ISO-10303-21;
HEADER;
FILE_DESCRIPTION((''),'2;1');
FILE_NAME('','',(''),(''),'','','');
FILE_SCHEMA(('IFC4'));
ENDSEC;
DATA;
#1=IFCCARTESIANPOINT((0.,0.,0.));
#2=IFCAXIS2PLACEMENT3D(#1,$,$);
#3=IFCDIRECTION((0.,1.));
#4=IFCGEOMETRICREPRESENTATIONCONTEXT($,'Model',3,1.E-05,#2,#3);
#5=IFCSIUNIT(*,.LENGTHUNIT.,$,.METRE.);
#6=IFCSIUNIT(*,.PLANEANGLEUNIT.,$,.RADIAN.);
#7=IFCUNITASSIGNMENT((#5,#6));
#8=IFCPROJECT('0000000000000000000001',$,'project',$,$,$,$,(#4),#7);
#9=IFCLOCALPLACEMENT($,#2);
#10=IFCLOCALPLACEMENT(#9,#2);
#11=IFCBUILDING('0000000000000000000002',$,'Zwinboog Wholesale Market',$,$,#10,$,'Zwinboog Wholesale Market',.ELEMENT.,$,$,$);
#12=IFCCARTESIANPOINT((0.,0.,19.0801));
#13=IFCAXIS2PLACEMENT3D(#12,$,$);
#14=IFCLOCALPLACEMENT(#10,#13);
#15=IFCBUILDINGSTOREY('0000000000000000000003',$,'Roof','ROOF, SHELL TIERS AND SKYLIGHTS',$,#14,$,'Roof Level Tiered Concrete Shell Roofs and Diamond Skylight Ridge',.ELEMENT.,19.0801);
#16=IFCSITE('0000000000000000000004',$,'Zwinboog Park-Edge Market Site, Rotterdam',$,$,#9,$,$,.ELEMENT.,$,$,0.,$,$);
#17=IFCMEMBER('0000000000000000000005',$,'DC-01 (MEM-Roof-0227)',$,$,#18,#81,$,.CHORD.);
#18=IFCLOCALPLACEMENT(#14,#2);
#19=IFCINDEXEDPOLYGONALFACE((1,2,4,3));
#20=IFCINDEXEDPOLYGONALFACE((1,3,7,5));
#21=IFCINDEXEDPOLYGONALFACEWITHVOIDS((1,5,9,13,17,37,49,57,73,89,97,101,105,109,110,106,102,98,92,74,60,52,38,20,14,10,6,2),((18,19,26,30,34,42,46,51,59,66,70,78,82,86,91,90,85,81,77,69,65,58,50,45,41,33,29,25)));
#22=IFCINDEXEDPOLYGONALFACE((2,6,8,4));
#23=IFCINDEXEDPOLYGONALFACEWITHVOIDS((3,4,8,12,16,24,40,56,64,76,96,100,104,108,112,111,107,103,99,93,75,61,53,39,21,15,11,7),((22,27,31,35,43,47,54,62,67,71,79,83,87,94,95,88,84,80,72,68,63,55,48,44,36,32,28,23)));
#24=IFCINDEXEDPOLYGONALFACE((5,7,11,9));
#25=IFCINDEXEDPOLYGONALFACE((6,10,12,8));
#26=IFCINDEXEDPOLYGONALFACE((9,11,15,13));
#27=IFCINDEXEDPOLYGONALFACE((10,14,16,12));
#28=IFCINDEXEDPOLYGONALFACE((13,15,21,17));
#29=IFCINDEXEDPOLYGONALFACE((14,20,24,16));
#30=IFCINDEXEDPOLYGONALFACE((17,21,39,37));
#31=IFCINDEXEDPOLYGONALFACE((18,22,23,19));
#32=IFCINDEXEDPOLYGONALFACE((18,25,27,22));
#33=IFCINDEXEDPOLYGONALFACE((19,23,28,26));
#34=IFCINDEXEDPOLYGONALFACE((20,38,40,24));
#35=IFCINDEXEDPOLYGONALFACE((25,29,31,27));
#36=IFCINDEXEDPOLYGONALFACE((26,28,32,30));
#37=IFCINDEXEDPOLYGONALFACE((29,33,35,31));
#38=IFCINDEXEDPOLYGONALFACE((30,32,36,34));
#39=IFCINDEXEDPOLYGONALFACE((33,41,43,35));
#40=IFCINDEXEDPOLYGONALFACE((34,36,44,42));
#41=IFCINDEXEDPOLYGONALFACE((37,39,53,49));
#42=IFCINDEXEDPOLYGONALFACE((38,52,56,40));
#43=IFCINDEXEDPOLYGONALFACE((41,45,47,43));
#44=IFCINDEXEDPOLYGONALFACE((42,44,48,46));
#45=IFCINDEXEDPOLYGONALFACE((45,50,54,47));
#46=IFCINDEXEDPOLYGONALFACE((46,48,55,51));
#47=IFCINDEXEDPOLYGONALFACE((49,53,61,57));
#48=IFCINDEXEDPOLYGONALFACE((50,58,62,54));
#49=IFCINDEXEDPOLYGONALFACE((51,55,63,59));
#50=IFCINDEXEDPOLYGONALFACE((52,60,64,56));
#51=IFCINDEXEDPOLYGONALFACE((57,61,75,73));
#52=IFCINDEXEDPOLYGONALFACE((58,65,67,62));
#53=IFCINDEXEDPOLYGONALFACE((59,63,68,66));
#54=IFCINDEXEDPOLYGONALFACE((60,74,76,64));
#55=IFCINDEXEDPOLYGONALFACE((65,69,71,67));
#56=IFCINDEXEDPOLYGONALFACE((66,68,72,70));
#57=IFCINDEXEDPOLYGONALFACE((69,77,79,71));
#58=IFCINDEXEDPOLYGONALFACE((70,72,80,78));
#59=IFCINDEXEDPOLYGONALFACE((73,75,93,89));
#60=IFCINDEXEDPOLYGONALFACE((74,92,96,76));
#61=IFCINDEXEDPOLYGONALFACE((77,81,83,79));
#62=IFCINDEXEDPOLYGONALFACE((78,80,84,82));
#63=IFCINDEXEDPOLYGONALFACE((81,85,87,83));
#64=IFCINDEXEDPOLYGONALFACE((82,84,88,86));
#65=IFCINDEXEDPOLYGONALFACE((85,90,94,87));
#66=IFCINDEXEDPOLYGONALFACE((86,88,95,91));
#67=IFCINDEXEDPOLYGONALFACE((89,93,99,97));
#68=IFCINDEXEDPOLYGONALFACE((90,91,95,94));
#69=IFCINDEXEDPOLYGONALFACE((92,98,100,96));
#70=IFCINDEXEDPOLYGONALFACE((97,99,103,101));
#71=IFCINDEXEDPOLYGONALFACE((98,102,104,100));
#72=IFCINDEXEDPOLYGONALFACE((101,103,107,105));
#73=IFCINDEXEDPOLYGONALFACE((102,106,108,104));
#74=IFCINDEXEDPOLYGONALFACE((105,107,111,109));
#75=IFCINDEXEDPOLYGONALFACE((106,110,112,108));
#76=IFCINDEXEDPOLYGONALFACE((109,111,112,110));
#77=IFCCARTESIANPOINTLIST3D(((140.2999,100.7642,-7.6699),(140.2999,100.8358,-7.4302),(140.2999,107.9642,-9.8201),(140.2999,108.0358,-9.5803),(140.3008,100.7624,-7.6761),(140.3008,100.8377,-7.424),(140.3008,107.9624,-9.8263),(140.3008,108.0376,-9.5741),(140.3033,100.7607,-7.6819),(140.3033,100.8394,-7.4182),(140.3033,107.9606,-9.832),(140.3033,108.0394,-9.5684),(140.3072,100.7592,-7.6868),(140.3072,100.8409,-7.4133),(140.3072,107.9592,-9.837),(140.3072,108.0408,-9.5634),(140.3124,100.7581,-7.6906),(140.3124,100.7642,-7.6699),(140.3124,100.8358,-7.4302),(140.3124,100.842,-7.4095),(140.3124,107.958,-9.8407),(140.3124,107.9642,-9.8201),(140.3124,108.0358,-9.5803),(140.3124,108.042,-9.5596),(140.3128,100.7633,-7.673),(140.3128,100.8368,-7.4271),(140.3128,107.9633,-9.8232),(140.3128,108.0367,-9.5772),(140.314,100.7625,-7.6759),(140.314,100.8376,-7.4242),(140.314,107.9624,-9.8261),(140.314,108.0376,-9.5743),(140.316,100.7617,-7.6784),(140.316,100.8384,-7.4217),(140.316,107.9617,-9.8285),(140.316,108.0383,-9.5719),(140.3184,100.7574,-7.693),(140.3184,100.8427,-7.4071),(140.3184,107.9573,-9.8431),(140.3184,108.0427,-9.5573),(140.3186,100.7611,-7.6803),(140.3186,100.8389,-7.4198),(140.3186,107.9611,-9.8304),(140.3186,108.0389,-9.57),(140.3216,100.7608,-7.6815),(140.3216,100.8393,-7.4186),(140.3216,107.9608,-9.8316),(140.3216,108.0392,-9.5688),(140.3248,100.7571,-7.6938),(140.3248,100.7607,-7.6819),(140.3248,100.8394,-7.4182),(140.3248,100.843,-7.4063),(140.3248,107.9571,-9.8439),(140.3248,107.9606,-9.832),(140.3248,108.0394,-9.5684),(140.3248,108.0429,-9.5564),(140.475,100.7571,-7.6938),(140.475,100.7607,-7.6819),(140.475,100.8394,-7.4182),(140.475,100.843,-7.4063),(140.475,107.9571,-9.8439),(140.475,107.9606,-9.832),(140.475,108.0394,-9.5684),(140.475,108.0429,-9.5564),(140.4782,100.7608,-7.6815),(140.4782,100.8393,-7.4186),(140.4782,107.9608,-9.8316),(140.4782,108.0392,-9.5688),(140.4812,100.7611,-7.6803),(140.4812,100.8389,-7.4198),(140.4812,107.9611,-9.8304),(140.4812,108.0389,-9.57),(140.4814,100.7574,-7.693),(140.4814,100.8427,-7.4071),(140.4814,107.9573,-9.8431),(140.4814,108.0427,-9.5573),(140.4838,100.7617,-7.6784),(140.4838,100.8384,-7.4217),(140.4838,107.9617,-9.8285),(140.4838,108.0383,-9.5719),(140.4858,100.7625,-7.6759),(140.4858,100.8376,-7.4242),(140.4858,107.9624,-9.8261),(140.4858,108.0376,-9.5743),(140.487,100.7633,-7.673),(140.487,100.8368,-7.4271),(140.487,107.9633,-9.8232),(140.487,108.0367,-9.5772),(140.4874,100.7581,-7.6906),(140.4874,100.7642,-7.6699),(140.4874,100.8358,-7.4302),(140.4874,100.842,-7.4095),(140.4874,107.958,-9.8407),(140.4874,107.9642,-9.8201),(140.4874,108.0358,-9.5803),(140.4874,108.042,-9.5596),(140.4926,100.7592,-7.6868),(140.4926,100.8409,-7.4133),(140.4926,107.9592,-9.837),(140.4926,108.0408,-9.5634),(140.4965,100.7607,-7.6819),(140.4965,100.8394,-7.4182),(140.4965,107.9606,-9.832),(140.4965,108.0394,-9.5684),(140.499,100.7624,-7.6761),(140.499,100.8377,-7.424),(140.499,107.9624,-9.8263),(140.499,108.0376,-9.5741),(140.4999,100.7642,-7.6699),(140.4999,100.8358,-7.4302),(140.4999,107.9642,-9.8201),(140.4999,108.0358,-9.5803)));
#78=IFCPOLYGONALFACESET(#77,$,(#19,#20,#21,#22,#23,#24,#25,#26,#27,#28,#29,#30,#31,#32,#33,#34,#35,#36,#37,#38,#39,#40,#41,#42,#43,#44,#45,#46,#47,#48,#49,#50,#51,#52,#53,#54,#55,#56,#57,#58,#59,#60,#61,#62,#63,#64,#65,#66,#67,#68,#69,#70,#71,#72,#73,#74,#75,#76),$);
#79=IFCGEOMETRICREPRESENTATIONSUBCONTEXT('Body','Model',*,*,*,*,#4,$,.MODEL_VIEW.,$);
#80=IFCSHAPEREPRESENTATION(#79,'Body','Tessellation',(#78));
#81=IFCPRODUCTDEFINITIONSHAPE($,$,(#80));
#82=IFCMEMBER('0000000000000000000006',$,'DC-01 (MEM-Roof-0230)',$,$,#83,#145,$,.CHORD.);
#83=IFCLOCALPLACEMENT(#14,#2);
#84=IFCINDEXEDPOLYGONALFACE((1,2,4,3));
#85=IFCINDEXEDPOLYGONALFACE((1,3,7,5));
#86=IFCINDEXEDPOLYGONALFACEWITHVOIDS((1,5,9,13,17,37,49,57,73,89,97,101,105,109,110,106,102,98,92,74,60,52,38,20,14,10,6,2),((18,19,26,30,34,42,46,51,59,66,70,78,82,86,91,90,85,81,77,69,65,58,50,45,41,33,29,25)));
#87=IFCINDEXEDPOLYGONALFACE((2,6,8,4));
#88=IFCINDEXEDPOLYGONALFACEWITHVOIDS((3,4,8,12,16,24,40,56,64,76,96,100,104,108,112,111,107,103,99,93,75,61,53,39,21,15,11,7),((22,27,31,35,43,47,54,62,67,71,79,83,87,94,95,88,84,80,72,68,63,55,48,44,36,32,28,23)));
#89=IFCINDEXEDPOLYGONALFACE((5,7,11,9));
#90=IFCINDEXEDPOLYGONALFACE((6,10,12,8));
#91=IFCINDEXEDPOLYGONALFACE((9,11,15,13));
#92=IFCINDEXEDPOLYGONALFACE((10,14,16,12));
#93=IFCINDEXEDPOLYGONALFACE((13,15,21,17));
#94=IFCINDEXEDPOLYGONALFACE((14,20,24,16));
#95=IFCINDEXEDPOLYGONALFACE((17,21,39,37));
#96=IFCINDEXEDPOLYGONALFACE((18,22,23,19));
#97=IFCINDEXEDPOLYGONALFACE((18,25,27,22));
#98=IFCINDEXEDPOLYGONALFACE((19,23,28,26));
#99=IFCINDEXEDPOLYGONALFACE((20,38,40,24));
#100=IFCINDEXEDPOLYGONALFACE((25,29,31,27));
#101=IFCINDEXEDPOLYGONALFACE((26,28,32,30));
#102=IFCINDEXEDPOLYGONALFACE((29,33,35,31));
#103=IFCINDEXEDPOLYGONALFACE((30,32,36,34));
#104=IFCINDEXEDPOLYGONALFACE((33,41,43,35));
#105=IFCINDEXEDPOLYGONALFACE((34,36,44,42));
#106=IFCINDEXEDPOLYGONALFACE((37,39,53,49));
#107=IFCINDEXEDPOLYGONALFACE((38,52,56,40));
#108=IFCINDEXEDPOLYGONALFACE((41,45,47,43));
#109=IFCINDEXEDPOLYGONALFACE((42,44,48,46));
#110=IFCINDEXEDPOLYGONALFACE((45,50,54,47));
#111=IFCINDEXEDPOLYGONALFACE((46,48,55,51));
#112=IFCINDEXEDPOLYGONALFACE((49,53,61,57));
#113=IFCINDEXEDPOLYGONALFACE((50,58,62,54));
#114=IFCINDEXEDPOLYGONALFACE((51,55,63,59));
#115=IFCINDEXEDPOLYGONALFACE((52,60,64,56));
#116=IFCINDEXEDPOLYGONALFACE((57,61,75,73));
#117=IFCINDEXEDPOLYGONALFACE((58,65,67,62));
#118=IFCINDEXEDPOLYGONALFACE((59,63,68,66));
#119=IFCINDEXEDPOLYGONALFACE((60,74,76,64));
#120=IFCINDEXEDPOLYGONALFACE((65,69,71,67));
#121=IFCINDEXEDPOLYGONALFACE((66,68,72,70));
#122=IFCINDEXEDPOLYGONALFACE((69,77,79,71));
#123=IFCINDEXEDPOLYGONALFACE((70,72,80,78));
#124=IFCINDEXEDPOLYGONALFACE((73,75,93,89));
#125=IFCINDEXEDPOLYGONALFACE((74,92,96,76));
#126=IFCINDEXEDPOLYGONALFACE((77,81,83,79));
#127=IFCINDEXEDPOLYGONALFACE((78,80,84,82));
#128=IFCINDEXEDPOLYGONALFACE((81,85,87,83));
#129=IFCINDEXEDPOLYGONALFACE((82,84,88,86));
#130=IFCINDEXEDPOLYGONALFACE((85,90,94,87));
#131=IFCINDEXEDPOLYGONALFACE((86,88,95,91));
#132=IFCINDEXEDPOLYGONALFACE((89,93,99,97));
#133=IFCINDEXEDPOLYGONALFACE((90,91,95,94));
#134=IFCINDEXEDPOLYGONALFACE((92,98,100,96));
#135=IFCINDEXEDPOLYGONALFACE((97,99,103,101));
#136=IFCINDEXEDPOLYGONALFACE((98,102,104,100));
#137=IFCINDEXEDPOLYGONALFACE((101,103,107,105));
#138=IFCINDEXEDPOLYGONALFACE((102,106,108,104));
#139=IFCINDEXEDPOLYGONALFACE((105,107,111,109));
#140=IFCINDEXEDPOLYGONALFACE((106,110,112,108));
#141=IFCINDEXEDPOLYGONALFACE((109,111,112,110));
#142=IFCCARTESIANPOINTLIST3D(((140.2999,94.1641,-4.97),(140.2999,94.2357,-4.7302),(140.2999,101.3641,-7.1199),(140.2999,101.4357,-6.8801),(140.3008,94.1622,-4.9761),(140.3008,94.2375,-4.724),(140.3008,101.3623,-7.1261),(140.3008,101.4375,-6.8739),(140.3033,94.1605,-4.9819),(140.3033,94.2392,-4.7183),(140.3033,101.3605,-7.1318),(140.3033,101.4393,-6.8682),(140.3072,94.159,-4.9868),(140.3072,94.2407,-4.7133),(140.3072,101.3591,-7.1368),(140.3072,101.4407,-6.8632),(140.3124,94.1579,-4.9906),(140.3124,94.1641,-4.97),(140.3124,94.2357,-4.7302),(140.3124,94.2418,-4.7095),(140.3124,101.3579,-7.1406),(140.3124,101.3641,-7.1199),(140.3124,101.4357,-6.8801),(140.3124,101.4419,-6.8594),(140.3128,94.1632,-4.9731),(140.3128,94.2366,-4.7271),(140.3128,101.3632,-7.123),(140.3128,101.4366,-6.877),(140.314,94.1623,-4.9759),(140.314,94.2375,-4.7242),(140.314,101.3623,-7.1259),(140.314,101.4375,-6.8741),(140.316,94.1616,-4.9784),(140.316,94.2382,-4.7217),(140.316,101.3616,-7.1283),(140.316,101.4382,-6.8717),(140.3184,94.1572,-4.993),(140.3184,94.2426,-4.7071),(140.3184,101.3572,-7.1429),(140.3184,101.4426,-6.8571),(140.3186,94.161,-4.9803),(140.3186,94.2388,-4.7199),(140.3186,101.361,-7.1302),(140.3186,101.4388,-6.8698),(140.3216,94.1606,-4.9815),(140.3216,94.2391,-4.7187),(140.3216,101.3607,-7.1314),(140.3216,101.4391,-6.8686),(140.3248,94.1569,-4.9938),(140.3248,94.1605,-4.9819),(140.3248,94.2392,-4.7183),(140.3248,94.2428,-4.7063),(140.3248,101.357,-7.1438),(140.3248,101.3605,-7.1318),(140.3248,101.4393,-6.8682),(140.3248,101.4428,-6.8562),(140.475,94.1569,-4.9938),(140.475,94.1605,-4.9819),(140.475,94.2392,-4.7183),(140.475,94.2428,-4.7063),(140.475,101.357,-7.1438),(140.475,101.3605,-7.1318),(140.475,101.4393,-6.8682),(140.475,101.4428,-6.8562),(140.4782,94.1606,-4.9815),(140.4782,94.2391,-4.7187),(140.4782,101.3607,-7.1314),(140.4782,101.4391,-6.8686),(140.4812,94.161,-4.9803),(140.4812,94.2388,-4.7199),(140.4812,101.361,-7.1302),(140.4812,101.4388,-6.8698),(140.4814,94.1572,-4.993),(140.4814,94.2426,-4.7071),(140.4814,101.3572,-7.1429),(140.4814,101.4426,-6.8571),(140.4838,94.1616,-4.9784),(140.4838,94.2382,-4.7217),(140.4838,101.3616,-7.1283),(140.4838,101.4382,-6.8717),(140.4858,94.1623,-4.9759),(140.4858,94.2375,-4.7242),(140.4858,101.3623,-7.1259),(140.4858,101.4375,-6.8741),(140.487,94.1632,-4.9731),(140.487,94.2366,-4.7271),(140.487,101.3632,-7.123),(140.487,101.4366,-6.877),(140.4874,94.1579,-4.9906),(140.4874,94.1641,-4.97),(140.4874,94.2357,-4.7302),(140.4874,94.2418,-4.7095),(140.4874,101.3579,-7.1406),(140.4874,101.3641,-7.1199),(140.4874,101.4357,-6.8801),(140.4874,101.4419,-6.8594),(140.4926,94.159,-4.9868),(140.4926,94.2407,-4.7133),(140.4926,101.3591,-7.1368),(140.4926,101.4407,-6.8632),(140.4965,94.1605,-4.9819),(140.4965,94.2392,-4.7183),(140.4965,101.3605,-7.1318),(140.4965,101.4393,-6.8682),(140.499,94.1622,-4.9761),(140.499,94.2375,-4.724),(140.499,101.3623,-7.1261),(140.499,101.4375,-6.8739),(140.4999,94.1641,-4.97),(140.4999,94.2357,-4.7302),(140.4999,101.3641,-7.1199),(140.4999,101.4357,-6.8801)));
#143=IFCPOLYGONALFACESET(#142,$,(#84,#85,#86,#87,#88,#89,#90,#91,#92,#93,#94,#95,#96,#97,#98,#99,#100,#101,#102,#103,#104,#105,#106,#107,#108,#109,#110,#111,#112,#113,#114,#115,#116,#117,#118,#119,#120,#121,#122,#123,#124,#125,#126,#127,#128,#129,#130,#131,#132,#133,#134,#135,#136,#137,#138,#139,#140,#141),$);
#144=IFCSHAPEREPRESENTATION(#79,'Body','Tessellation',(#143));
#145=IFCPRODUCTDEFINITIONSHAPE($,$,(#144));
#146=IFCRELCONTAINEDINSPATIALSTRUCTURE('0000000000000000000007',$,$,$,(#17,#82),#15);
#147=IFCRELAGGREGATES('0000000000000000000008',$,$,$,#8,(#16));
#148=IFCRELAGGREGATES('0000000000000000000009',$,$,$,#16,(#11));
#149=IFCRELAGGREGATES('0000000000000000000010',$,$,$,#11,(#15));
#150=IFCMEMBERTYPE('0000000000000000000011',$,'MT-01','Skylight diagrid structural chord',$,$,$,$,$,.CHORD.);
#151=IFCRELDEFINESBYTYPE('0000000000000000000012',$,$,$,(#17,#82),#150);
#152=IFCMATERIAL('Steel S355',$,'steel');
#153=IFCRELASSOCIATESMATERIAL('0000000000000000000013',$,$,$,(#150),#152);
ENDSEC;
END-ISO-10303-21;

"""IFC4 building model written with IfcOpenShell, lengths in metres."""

from ifc_helpers import new_model, si_unit, direction, frame, origin, origin_2d, place, context, subcontext, project, spatial, hollow_rectangle, extrude, material, material_profile, profile_set, type_object, element, save


model = new_model("IFC4")

# Units and contexts
model_context = context("Model", 3, precision=1e-05, world=origin(), true_north=direction((0.0, 1.0)))
body_context = subcontext(model_context, "Body", "Model", "MODEL_VIEW")
ifc_project = project(units=[si_unit("LENGTHUNIT", "METRE"), si_unit("PLANEANGLEUNIT", "RADIAN")], contexts=[model_context])

# Site, building, storey
site_placement = place(None, origin())
site = spatial("IfcSite", under=ifc_project, at=site_placement, Name="Zwinboog Park-Edge Market Site, Rotterdam", CompositionType="ELEMENT", RefElevation=0.0)
building_placement = place(site_placement, origin())
building = spatial("IfcBuilding", under=site, at=building_placement, Name="Zwinboog Wholesale Market", LongName="Zwinboog Wholesale Market", CompositionType="ELEMENT")
storey_placement = place(building_placement, frame((0.0, 0.0, 19.0801)))
storey = spatial("IfcBuildingStorey", under=building, at=storey_placement, Name="Roof", Description="ROOF, SHELL TIERS AND SKYLIGHTS", LongName="Roof Level Tiered Concrete Shell Roofs and Diamond Skylight Ridge", CompositionType="ELEMENT", Elevation=19.0801)

# Members
ifc_material_1 = material(Name="Steel S355", Category="steel")
ifc_material_profile_1 = material_profile(ifc_material_1, hollow_rectangle(XDim=0.2, YDim=0.3, WallThickness=0.0125, InnerFilletRadius=0.0125, OuterFilletRadius=0.0249, at=origin_2d()), Name="RHS 300x200x12.5")
ifc_profile_set_1 = profile_set([ifc_material_profile_1], Name="Steel S355")
member_type_1 = type_object("IfcMemberType", Name="MT-01", Description="Skylight diagrid structural chord", PredefinedType="CHORD", material=ifc_profile_set_1)
for number, where, z_axis, x_axis, name in (
    (1, (140.3999, 108.0, -9.7002), (0.0, -0.958186, 0.286146), (1.0, 0.0, 0.0), "DC-01 (MEM-Roof-0227)"),
    (2, (140.3999, 101.3999, -7.0), (0.0, -0.958195, 0.286117), (1.0, 0.0, 0.0), "DC-01 (MEM-Roof-0230)"),
):
    element("IfcMember", number, at=place(storey_placement, frame(where, z_axis=z_axis, x_axis=x_axis)), inside=storey, type_object=member_type_1, Name=name, PredefinedType="CHORD", context=body_context, shape_type="SweptSolid", body=[
        extrude(hollow_rectangle(XDim=0.2, YDim=0.3, WallThickness=0.0125, InnerFilletRadius=0.0125, OuterFilletRadius=0.0249, at=origin_2d()), origin(), (0.0, 0.0, 1.0), 7.5142),
    ])

save(model, "model.ifc")
